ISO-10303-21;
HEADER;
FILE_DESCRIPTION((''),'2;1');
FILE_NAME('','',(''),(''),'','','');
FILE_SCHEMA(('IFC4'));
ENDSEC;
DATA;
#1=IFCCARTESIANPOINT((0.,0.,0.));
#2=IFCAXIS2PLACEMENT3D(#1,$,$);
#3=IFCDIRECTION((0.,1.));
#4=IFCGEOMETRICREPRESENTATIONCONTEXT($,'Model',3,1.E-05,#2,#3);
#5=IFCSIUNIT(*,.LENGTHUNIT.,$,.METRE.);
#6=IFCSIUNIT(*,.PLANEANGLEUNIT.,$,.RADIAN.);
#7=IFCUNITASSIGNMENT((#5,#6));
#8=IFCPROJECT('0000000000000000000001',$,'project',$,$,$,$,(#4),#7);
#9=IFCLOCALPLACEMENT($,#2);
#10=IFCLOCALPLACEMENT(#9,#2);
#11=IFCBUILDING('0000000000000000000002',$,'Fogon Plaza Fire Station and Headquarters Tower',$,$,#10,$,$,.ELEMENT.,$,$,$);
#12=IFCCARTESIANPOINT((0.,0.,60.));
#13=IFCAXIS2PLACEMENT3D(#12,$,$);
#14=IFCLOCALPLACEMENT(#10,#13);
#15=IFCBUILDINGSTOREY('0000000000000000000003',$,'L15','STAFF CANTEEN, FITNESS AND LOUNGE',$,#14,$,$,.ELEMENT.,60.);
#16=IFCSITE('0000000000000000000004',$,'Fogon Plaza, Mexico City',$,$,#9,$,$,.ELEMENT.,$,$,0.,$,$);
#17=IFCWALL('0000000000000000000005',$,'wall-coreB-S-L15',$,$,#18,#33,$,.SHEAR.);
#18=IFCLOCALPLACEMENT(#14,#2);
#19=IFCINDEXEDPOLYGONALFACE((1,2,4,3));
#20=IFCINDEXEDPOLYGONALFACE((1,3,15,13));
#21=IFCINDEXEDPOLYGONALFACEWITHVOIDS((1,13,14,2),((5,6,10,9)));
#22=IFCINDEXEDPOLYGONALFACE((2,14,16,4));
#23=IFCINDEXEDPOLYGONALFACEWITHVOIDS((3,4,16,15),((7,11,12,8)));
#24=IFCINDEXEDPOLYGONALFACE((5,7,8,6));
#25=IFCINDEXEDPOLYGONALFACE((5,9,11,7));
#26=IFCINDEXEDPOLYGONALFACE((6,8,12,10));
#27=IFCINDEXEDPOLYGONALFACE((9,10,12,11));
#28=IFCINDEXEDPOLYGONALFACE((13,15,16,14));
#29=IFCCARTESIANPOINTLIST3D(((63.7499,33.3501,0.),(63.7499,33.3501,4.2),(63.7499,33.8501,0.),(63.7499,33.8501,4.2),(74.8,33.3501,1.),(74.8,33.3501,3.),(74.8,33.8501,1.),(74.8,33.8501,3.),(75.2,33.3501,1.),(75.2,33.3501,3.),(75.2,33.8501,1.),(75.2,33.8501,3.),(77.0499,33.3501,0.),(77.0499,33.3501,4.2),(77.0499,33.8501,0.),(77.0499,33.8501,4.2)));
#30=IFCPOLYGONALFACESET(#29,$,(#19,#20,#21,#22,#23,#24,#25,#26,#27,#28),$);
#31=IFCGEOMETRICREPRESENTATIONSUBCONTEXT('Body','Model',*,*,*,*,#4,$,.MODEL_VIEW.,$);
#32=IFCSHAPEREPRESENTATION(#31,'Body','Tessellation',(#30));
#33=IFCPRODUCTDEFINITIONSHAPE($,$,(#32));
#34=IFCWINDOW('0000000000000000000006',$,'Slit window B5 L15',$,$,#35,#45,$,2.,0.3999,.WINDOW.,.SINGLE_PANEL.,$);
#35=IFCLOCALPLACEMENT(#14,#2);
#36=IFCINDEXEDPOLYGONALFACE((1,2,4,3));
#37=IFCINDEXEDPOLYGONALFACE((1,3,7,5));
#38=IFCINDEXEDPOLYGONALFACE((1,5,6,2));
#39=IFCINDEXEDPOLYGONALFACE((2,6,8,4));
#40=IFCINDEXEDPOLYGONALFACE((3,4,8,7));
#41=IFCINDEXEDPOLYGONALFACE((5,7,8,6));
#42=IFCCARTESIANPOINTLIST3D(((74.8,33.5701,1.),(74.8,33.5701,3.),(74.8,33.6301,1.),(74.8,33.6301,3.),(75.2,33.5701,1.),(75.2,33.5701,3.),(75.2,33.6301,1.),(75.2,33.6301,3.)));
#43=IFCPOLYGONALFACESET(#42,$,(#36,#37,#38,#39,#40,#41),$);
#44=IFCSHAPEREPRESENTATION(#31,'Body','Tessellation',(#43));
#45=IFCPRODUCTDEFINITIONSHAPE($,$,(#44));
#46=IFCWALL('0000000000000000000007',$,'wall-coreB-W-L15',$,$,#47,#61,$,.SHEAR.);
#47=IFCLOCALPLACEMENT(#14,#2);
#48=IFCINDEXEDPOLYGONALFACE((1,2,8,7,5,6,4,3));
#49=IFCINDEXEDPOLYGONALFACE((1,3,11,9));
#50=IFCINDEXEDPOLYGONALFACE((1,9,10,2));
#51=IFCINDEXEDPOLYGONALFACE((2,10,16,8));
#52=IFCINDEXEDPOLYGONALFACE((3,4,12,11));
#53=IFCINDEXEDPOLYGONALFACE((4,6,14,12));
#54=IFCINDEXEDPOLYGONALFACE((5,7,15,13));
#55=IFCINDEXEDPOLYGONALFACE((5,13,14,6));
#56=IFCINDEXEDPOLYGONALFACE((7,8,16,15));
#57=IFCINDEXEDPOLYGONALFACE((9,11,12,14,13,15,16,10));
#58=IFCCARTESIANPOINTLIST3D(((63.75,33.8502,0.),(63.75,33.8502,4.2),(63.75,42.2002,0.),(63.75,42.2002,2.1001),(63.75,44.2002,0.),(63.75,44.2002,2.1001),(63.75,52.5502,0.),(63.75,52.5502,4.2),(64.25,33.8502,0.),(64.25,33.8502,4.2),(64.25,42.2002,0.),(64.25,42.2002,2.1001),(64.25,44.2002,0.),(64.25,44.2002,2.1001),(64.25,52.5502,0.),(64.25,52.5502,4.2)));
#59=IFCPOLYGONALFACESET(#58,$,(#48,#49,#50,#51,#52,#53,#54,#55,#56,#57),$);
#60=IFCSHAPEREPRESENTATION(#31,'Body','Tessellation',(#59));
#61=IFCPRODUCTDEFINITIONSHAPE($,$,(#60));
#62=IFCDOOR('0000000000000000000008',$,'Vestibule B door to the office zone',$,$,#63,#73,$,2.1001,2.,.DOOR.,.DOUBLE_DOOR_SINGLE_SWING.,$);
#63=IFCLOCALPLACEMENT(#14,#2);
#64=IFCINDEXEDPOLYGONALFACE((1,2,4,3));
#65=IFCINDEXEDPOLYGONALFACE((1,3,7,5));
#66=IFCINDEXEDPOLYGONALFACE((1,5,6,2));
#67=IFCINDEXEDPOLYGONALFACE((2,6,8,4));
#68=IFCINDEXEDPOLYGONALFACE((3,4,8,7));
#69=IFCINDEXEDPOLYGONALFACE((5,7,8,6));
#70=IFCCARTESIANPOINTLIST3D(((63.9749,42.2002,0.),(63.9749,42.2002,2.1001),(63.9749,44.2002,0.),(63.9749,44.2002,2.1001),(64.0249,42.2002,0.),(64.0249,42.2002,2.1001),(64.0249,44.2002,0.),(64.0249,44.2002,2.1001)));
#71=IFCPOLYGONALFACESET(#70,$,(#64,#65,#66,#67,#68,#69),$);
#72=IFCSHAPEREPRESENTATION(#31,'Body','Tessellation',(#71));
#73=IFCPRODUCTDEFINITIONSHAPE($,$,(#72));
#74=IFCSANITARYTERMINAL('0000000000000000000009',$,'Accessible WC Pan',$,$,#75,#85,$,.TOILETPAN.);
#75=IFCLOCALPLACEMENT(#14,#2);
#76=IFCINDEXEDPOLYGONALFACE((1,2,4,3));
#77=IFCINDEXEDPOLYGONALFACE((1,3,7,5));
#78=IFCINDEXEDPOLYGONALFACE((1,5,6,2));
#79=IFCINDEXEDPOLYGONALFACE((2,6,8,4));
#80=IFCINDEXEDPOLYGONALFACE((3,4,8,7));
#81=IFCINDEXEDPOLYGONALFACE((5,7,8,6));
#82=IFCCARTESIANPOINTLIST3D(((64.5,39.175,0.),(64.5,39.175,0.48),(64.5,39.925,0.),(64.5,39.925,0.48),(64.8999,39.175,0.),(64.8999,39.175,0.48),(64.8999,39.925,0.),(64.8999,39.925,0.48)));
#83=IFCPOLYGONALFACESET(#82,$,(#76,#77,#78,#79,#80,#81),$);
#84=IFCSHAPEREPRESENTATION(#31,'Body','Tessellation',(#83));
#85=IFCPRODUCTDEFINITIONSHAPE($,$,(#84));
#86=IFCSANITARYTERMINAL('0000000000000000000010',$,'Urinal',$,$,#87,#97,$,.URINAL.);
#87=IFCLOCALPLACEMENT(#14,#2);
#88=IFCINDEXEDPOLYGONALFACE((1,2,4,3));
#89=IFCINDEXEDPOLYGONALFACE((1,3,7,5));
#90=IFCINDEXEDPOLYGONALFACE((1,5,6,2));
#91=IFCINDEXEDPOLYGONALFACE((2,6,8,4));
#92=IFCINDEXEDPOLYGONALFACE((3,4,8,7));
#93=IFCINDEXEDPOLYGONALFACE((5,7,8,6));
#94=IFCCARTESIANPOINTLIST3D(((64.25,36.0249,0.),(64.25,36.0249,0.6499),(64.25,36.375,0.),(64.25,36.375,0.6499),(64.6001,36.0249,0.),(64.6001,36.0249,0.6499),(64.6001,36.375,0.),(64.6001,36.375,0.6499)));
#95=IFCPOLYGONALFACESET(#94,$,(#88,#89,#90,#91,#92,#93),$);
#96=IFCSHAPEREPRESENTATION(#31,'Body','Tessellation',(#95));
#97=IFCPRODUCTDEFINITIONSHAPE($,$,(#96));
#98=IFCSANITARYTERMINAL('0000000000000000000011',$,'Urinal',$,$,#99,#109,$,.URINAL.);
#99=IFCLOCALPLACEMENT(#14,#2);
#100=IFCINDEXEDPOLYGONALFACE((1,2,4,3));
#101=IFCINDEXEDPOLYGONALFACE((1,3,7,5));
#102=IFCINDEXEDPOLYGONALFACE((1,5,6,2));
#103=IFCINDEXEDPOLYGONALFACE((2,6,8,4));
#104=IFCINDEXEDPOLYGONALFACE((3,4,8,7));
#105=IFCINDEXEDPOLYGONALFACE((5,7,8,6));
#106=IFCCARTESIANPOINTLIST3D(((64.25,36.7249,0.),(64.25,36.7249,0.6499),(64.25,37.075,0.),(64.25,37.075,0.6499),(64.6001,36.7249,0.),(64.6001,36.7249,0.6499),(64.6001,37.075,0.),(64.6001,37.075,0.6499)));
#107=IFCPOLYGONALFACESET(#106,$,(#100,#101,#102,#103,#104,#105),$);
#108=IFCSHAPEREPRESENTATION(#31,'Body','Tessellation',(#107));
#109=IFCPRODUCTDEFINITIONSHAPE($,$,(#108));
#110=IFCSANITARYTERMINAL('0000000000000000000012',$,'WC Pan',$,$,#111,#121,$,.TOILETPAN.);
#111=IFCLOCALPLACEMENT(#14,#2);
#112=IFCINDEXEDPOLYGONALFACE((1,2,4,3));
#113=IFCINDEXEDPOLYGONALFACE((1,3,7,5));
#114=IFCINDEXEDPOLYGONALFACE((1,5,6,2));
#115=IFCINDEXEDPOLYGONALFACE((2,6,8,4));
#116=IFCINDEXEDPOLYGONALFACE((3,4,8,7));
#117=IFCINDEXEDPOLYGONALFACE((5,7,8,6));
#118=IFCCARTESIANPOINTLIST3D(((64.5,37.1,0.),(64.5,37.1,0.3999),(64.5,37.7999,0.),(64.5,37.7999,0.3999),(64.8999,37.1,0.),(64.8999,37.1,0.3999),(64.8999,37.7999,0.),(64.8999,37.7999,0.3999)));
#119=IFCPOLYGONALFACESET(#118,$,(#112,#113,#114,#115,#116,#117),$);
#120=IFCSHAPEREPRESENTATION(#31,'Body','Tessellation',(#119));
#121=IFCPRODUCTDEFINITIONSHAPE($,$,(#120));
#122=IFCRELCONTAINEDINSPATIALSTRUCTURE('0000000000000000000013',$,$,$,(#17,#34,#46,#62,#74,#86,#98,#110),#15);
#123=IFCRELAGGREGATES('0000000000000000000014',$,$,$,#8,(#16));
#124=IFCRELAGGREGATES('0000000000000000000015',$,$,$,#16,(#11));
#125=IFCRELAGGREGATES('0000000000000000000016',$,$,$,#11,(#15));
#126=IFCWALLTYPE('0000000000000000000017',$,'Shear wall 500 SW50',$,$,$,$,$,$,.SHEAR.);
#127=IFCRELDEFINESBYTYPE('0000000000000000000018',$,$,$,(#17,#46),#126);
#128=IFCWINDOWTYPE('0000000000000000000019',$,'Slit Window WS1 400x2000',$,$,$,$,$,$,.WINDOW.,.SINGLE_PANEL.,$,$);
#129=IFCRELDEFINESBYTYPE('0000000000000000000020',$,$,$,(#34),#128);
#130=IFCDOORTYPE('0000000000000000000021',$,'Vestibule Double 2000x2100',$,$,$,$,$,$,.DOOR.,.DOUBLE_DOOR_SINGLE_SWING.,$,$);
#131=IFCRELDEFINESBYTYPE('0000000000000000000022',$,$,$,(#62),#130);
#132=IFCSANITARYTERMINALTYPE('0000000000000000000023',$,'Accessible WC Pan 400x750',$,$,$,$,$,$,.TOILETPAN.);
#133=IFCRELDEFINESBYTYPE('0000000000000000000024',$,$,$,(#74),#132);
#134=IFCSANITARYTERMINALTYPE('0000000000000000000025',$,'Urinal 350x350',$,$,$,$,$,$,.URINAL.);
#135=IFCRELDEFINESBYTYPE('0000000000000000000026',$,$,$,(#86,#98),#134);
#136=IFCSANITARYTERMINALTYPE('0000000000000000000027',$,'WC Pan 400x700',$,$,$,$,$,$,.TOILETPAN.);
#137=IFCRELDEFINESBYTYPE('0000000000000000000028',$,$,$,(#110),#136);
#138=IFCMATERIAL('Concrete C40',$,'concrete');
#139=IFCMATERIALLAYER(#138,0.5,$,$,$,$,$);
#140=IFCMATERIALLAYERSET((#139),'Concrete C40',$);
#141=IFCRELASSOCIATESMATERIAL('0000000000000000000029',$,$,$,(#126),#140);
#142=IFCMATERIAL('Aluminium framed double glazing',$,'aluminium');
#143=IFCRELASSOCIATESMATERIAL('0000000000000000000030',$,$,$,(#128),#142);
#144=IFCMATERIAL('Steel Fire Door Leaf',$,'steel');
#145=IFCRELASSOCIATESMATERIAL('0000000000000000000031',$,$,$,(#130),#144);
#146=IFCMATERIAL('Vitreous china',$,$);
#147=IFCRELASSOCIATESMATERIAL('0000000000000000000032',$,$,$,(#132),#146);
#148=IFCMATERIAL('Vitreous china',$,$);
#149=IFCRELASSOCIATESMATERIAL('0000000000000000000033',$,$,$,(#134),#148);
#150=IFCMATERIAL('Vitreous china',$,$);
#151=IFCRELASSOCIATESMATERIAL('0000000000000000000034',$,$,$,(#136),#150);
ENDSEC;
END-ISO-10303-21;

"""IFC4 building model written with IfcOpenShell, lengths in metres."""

from ifc_helpers import new_model, si_unit, direction, frame, frame_2d, origin, origin_2d, place, context, subcontext, project, spatial, rectangle, extrude, material, layer, layer_set, type_object, element, fill, save


model = new_model("IFC4")

# Units and contexts
model_context = context("Model", 3, precision=1e-05, world=origin(), true_north=direction((0.0, 1.0)))
body_context = subcontext(model_context, "Body", "Model", "MODEL_VIEW")
ifc_project = project(units=[si_unit("LENGTHUNIT", "METRE"), si_unit("PLANEANGLEUNIT", "RADIAN")], contexts=[model_context])

# Site, building, storey
site_placement = place(None, origin())
site = spatial("IfcSite", under=ifc_project, at=site_placement, Name="Fogon Plaza, Mexico City", CompositionType="ELEMENT", RefElevation=0.0)
building_placement = place(site_placement, origin())
building = spatial("IfcBuilding", under=site, at=building_placement, Name="Fogon Plaza Fire Station and Headquarters Tower", CompositionType="ELEMENT")
storey_placement = place(building_placement, frame((0.0, 0.0, 60.0)))
storey = spatial("IfcBuildingStorey", under=building, at=storey_placement, Name="L15", Description="STAFF CANTEEN, FITNESS AND LOUNGE", CompositionType="ELEMENT", Elevation=60.0)

# Wall, opening, window
ifc_material_1 = material(Name="Concrete C40", Category="concrete")
ifc_layer_1 = layer(ifc_material_1, 0.5)
ifc_layer_set_1 = layer_set([ifc_layer_1], Name="Concrete C40")
wall_type_1 = type_object("IfcWallType", Name="Shear wall 500 SW50", PredefinedType="SHEAR", material=ifc_layer_set_1)
wall_1_placement = place(storey_placement, frame((63.75, 33.6001, 0.0), z_axis=(0.0, 0.0, 1.0), x_axis=(1.0, 0.0, 0.0)))
wall_1 = element("IfcWall", 1, at=wall_1_placement, inside=storey, type_object=wall_type_1, Name="wall-coreB-S-L15", PredefinedType="SHEAR", context=body_context, shape_type="SweptSolid", body=[
    extrude(rectangle(XDim=13.3, YDim=0.5, at=frame_2d((6.6499, 0.0))), origin(), (0.0, 0.0, 1.0), 4.2),
])
opening_1_placement = place(wall_1_placement, frame((11.05, 0.0, 1.0)))
opening_1 = element("IfcOpeningElement", 2, at=opening_1_placement, cuts=wall_1, PredefinedType="OPENING", context=body_context, shape_type="SweptSolid", body=[
    extrude(rectangle(XDim=0.3999, YDim=2.0, at=frame_2d((0.2, 1.0))), frame((0.0, 0.26, 0.0), z_axis=(0.0, -1.0, 0.0), x_axis=(1.0, 0.0, 0.0)), (0.0, 0.0, 1.0), 0.52),
])
ifc_material_2 = material(Name="Aluminium framed double glazing", Category="aluminium")
window_type = type_object("IfcWindowType", Name="Slit Window WS1 400x2000", PartitioningType="SINGLE_PANEL", PredefinedType="WINDOW", material=ifc_material_2)
window_placement = place(opening_1_placement, origin())
window = element("IfcWindow", 3, at=window_placement, inside=storey, type_object=window_type, Name="Slit window B5 L15", OverallHeight=2.0, OverallWidth=0.3999, PartitioningType="SINGLE_PANEL", PredefinedType="WINDOW", context=body_context, shape_type="SweptSolid", body=[
    extrude(rectangle(XDim=0.3999, YDim=2.0, at=frame_2d((0.2, 1.0))), frame((0.0, 0.03, 0.0), z_axis=(0.0, -1.0, 0.0), x_axis=(1.0, 0.0, 0.0)), (0.0, 0.0, 1.0), 0.0601),
])
fill(opening_1, window)

# Wall, opening, door
wall_2_placement = place(storey_placement, frame((64.0, 33.8501, 0.0), z_axis=(0.0, 0.0, 1.0), x_axis=(0.0, 1.0, 0.0)))
wall_2 = element("IfcWall", 4, at=wall_2_placement, inside=storey, type_object=wall_type_1, Name="wall-coreB-W-L15", PredefinedType="SHEAR", context=body_context, shape_type="SweptSolid", body=[
    extrude(rectangle(XDim=18.7, YDim=0.5, at=frame_2d((9.3501, 0.0))), origin(), (0.0, 0.0, 1.0), 4.2),
])
opening_2_placement = place(wall_2_placement, frame((8.3501, 0.0, 0.0)))
opening_2 = element("IfcOpeningElement", 5, at=opening_2_placement, cuts=wall_2, PredefinedType="OPENING", context=body_context, shape_type="SweptSolid", body=[
    extrude(rectangle(XDim=2.0, YDim=2.1001, at=frame_2d((1.0, 1.05))), frame((0.0, 0.26, 0.0), z_axis=(0.0, -1.0, 0.0), x_axis=(1.0, 0.0, 0.0)), (0.0, 0.0, 1.0), 0.52),
])
ifc_material_3 = material(Name="Steel Fire Door Leaf", Category="steel")
door_type = type_object("IfcDoorType", Name="Vestibule Double 2000x2100", OperationType="DOUBLE_DOOR_SINGLE_SWING", PredefinedType="DOOR", material=ifc_material_3)
door_placement = place(opening_2_placement, frame((2.0, 0.0, 0.0), z_axis=(0.0, 0.0, 1.0), x_axis=(-1.0, 0.0, 0.0)))
door = element("IfcDoor", 6, at=door_placement, inside=storey, type_object=door_type, Name="Vestibule B door to the office zone", OperationType="DOUBLE_DOOR_SINGLE_SWING", OverallHeight=2.1001, OverallWidth=2.0, PredefinedType="DOOR", context=body_context, shape_type="SweptSolid", body=[
    extrude(rectangle(XDim=2.0, YDim=2.1001, at=frame_2d((1.0, 1.05))), frame((0.0, 0.0249, 0.0), z_axis=(0.0, -1.0, 0.0), x_axis=(1.0, 0.0, 0.0)), (0.0, 0.0, 1.0), 0.05),
])
fill(opening_2, door)

# Sanitary terminals
ifc_material_4 = material(Name="Vitreous china")
sanitary_terminal_type_1 = type_object("IfcSanitaryTerminalType", Name="Accessible WC Pan 400x750", PredefinedType="TOILETPAN", material=ifc_material_4)
sanitary_terminal_1_placement = place(storey_placement, frame((64.7, 39.55, 0.0), z_axis=(0.0, 0.0, 1.0), x_axis=(1.0, 0.0, 0.0)))
element("IfcSanitaryTerminal", 7, at=sanitary_terminal_1_placement, inside=storey, type_object=sanitary_terminal_type_1, Name="Accessible WC Pan", PredefinedType="TOILETPAN", context=body_context, shape_type="SweptSolid", body=[
    extrude(rectangle(XDim=0.3999, YDim=0.75, at=origin_2d()), origin(), (0.0, 0.0, 1.0), 0.48),
])
ifc_material_5 = material(Name="Vitreous china")
sanitary_terminal_type_2 = type_object("IfcSanitaryTerminalType", Name="Urinal 350x350", PredefinedType="URINAL", material=ifc_material_5)
for number, where, z_axis, x_axis, name in (
    (8, (64.425, 36.2, 0.0), (0.0, 0.0, 1.0), (1.0, 0.0, 0.0), "Urinal"),
    (9, (64.425, 36.8999, 0.0), (0.0, 0.0, 1.0), (1.0, 0.0, 0.0), "Urinal"),
):
    element("IfcSanitaryTerminal", number, at=place(storey_placement, frame(where, z_axis=z_axis, x_axis=x_axis)), inside=storey, type_object=sanitary_terminal_type_2, Name=name, PredefinedType="URINAL", context=body_context, shape_type="SweptSolid", body=[
        extrude(rectangle(XDim=0.3501, YDim=0.3501, at=origin_2d()), origin(), (0.0, 0.0, 1.0), 0.6499),
    ])
ifc_material_6 = material(Name="Vitreous china")
sanitary_terminal_type_3 = type_object("IfcSanitaryTerminalType", Name="WC Pan 400x700", PredefinedType="TOILETPAN", material=ifc_material_6)
sanitary_terminal_2_placement = place(storey_placement, frame((64.7, 37.45, 0.0), z_axis=(0.0, 0.0, 1.0), x_axis=(1.0, 0.0, 0.0)))
element("IfcSanitaryTerminal", 10, at=sanitary_terminal_2_placement, inside=storey, type_object=sanitary_terminal_type_3, Name="WC Pan", PredefinedType="TOILETPAN", context=body_context, shape_type="SweptSolid", body=[
    extrude(rectangle(XDim=0.3999, YDim=0.7, at=origin_2d()), origin(), (0.0, 0.0, 1.0), 0.3999),
])

save(model, "model.ifc")
